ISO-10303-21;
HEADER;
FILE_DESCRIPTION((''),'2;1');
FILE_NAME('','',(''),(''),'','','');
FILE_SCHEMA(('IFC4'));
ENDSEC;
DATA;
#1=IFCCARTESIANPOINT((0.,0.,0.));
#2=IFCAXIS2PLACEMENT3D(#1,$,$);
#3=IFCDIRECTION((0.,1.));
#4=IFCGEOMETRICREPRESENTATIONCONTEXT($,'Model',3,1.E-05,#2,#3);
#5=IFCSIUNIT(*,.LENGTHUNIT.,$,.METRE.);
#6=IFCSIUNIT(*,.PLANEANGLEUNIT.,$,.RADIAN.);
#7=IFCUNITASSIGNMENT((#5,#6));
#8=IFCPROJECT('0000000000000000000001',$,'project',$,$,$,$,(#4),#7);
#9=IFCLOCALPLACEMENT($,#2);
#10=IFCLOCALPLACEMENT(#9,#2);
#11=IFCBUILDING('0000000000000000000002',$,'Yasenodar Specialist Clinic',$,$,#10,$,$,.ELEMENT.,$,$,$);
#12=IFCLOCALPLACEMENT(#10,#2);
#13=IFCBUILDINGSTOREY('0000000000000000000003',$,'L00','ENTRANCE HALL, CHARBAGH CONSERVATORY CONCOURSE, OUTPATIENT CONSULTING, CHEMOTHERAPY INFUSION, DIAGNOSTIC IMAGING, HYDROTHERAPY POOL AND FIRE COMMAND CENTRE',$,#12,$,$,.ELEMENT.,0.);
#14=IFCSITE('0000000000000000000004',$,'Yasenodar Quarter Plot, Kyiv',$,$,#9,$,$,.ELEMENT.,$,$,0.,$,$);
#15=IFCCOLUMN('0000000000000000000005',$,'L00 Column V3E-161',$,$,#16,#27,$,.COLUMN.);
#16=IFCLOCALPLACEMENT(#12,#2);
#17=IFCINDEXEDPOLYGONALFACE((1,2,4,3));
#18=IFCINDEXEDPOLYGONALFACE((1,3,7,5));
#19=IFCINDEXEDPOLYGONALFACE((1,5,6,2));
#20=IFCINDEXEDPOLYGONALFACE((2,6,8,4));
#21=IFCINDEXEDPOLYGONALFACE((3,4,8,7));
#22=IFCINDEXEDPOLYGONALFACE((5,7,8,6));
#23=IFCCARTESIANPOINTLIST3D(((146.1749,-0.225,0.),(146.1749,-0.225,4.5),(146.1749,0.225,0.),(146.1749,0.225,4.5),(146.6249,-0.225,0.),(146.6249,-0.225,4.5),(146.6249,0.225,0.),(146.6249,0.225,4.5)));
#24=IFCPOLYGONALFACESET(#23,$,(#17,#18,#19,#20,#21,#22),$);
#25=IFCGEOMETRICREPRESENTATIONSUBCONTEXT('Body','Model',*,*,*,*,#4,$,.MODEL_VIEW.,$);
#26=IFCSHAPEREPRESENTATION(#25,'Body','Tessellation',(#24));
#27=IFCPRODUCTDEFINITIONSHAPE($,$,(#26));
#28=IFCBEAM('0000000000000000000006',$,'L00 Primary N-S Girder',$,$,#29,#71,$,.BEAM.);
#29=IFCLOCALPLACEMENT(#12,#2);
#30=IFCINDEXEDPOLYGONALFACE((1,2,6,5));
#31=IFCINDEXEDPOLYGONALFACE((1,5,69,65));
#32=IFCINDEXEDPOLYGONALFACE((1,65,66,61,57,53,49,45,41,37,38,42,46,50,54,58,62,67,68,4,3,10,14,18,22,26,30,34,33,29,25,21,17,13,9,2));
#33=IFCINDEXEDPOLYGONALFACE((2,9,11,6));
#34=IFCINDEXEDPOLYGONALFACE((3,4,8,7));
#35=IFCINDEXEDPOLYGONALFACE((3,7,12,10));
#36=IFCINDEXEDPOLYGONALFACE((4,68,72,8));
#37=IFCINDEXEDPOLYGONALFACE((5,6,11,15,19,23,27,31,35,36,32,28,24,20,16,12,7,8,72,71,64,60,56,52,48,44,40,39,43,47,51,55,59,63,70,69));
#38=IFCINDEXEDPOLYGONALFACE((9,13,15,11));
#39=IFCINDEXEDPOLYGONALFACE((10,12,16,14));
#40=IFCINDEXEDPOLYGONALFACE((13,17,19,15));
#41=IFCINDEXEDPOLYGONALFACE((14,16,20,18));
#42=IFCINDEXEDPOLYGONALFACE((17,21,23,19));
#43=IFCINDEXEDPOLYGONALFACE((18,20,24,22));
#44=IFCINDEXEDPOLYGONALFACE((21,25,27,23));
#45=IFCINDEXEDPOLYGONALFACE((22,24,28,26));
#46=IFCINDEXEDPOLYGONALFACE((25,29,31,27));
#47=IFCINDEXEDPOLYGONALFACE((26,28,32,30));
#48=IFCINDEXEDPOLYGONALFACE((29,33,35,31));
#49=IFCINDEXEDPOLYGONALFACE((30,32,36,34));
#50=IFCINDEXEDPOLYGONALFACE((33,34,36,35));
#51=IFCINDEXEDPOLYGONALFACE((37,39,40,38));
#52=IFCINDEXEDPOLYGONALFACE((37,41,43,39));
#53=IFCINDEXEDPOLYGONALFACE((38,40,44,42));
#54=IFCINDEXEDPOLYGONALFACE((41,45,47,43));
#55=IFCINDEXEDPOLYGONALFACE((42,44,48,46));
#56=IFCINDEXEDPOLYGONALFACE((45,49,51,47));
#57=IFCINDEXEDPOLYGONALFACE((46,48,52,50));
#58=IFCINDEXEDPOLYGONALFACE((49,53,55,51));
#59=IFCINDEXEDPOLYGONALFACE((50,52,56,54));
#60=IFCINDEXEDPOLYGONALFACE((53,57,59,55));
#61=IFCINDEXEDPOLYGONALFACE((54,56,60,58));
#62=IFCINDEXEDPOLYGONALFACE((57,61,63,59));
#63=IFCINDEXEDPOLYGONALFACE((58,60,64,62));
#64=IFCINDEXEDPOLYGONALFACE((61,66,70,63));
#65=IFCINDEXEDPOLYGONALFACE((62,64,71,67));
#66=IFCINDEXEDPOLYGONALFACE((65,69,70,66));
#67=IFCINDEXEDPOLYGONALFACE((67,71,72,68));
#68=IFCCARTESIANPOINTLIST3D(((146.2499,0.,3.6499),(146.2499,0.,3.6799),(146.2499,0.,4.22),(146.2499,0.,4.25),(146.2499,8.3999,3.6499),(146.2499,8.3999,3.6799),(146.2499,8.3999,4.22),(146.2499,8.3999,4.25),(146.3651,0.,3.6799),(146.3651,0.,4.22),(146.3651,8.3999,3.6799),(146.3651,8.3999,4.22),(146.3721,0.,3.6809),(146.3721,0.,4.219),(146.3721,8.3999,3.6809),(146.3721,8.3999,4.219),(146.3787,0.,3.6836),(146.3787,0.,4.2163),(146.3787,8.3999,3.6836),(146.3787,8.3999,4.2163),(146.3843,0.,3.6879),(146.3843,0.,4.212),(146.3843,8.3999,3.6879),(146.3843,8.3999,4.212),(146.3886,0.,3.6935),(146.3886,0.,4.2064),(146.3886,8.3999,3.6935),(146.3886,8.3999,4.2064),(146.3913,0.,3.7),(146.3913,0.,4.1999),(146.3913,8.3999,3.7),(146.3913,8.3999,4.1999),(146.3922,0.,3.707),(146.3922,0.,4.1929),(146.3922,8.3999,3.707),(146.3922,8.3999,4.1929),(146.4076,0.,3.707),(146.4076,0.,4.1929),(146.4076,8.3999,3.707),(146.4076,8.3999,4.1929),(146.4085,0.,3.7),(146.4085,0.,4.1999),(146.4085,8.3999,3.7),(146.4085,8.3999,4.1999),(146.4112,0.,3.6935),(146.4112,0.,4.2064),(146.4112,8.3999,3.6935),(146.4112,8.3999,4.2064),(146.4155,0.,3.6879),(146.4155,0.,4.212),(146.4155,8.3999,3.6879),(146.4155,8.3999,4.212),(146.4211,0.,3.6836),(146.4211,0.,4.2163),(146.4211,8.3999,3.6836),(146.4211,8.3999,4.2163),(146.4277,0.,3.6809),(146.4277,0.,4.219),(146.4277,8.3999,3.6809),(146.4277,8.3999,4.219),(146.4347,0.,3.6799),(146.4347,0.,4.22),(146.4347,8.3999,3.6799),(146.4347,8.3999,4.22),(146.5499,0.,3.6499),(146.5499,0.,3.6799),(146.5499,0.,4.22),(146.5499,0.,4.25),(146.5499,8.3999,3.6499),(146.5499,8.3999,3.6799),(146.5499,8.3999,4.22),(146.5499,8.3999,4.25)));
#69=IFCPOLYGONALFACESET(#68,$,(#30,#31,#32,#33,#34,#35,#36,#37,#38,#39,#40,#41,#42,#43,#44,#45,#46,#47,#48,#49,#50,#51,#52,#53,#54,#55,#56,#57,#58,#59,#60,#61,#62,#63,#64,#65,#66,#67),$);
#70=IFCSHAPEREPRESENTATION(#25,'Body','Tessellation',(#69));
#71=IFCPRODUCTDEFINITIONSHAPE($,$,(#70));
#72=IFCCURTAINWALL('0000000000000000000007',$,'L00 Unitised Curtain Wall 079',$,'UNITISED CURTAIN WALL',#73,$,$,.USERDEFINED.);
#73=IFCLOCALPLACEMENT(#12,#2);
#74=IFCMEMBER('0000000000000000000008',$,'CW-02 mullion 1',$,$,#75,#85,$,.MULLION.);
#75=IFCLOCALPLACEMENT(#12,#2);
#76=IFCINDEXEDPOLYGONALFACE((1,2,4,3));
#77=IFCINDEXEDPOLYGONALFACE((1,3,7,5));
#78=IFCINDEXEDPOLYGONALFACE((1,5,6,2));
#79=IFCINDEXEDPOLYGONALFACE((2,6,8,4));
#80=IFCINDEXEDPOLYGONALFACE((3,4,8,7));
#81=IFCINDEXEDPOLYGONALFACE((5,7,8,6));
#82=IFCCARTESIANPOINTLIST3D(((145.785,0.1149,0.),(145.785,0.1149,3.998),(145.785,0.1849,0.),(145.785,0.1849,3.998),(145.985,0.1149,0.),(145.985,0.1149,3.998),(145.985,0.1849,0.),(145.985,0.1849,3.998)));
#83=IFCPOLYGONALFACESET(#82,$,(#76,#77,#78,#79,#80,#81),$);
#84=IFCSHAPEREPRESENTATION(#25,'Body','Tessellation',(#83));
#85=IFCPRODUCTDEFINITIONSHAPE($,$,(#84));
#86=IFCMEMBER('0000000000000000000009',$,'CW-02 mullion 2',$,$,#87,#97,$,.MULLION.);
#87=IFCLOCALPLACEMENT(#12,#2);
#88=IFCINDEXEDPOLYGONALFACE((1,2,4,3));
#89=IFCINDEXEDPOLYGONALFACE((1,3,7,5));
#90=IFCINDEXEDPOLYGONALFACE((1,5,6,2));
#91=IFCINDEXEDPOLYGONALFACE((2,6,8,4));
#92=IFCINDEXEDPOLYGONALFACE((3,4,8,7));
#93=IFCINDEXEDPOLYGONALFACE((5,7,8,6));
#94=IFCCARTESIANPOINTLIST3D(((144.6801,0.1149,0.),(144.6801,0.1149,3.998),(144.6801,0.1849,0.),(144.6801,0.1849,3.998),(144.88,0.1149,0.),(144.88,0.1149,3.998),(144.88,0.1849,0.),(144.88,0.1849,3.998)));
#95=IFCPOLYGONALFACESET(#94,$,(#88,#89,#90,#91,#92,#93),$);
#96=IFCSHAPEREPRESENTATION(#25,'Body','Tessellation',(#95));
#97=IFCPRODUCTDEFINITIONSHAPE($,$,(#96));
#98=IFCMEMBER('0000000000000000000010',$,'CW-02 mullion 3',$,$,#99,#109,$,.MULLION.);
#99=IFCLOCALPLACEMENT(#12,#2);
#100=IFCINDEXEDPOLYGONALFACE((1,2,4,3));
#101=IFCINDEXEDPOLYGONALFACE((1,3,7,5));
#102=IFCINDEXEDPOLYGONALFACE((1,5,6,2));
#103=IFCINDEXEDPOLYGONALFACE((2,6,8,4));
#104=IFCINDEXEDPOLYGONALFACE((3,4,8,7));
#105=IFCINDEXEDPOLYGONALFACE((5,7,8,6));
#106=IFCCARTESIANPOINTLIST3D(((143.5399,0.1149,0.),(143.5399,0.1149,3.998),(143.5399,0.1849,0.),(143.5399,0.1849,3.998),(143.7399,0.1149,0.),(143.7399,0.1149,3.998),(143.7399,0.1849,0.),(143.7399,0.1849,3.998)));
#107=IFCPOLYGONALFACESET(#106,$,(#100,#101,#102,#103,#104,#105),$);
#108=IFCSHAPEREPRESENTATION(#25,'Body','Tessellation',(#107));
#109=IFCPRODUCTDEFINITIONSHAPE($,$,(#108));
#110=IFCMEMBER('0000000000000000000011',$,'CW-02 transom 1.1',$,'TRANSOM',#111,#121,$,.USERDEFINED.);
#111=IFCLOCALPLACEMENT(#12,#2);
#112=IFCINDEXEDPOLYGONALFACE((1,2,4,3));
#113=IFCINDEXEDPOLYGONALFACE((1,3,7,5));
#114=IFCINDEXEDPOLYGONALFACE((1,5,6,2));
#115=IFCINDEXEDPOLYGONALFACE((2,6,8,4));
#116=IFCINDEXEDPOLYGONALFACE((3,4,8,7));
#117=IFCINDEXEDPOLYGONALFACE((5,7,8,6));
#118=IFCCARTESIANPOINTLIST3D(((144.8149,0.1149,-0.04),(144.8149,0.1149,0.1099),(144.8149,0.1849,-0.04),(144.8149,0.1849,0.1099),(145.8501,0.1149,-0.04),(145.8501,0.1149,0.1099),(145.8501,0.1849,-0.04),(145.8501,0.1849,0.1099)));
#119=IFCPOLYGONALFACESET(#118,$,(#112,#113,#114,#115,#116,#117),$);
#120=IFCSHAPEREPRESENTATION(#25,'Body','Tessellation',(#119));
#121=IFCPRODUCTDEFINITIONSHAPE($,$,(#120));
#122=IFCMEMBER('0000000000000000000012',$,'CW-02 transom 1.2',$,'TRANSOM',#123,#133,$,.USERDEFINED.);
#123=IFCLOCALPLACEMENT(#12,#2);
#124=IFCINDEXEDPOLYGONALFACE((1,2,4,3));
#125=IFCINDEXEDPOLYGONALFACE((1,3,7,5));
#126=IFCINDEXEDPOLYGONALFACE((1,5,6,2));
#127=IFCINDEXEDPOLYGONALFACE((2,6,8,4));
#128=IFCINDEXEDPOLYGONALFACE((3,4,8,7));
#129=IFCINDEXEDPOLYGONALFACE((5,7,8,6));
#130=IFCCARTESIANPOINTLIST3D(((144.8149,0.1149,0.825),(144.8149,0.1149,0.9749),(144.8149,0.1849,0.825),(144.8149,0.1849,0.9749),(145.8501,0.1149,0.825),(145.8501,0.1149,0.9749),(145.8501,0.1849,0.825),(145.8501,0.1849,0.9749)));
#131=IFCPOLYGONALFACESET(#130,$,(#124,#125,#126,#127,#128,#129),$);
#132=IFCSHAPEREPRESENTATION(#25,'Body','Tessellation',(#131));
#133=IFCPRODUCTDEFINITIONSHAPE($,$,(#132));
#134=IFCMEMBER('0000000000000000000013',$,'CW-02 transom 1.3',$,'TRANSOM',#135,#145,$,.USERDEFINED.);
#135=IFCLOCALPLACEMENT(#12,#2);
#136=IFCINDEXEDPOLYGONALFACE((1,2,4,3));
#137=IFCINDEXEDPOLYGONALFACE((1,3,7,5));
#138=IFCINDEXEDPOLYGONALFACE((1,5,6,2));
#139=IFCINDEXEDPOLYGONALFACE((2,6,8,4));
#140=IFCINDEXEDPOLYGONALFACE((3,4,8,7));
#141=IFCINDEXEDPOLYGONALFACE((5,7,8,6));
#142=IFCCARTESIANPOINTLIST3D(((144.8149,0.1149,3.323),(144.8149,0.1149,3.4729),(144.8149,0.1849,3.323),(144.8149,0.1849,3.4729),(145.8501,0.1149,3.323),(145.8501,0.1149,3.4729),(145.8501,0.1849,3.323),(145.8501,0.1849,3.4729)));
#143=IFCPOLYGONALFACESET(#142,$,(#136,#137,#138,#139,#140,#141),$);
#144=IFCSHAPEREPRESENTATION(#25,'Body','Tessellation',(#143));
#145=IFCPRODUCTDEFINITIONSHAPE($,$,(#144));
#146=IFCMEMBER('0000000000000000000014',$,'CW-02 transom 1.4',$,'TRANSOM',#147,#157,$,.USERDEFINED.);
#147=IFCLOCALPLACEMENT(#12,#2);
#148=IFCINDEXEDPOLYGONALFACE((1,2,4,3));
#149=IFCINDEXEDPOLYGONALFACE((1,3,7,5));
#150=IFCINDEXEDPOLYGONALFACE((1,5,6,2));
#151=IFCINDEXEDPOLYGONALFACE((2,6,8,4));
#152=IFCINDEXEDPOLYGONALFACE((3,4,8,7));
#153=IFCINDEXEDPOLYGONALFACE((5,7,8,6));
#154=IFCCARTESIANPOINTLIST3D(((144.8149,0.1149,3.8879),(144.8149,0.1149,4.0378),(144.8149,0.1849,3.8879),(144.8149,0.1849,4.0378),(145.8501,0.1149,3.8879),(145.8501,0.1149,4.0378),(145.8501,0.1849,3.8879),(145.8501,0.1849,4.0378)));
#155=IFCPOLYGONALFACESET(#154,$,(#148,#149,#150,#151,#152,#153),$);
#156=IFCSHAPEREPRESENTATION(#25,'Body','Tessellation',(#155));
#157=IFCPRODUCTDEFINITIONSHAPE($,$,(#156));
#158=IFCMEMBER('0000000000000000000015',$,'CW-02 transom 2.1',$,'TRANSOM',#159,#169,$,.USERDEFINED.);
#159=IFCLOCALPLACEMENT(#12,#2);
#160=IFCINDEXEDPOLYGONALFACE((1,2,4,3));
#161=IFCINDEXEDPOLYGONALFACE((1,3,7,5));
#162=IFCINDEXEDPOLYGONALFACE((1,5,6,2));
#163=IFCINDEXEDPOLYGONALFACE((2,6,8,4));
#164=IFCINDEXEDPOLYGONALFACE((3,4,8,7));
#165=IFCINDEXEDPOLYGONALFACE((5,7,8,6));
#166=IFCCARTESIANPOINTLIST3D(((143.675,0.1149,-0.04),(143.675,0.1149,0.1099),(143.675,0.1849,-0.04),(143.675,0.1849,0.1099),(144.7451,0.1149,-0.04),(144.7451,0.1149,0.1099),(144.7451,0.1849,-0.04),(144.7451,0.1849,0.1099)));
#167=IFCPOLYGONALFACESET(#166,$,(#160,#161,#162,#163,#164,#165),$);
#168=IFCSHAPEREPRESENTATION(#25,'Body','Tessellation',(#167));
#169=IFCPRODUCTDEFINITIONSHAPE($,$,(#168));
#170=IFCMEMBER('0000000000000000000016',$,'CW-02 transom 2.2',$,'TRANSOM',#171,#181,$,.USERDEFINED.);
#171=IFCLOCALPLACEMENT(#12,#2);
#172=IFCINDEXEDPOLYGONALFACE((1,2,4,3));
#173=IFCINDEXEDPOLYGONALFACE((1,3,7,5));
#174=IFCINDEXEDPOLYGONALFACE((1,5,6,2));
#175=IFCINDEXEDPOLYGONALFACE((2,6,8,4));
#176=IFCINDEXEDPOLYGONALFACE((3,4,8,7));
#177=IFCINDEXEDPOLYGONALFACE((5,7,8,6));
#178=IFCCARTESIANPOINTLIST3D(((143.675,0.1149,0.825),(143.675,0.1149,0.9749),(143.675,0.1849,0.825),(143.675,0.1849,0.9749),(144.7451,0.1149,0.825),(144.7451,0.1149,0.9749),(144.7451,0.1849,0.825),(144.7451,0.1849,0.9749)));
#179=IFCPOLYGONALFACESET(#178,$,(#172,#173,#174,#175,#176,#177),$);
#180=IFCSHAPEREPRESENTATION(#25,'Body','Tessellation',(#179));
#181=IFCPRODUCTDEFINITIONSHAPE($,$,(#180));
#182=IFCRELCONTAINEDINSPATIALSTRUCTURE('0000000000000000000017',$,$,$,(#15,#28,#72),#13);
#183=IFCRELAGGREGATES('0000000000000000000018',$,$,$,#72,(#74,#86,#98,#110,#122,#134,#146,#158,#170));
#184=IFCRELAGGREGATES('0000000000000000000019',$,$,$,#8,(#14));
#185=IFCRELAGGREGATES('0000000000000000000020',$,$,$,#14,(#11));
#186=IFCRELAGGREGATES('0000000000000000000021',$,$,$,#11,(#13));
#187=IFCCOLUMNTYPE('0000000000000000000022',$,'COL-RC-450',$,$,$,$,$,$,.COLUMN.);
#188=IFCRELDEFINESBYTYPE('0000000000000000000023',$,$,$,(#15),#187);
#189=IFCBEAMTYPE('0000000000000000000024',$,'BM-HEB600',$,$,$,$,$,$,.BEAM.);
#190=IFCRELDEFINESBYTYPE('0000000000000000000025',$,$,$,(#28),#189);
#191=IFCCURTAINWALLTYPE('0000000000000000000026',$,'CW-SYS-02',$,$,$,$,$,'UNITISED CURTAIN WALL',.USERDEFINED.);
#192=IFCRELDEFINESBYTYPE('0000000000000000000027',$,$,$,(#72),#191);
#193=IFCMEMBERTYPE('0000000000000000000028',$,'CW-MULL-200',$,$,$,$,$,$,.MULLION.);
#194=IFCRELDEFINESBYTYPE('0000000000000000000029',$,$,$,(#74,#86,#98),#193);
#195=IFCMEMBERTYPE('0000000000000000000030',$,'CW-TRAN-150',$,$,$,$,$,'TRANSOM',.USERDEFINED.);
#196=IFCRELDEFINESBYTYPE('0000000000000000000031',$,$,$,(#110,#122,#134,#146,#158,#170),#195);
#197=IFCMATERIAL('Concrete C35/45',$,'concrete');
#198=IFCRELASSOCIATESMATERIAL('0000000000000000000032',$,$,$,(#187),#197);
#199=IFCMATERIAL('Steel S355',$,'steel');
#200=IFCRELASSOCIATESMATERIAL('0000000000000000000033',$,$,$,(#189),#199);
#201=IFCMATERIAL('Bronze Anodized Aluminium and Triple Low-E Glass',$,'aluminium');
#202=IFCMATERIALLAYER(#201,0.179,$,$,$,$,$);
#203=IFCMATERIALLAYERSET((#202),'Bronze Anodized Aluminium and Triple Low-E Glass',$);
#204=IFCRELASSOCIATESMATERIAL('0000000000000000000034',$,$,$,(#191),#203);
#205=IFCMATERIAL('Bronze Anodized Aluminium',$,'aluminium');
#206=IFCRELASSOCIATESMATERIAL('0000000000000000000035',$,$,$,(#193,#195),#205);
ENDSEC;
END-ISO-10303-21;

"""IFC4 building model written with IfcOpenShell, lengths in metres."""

from ifc_helpers import new_model, si_unit, direction, frame, origin, origin_2d, place, context, subcontext, project, spatial, rectangle, i_section, extrude, material, layer, layer_set, material_profile, profile_set, type_object, element, aggregate, save


model = new_model("IFC4")

# Units and contexts
model_context = context("Model", 3, precision=1e-05, world=origin(), true_north=direction((0.0, 1.0)))
body_context = subcontext(model_context, "Body", "Model", "MODEL_VIEW")
ifc_project = project(units=[si_unit("LENGTHUNIT", "METRE"), si_unit("PLANEANGLEUNIT", "RADIAN")], contexts=[model_context])

# Site, building, storey
site_placement = place(None, origin())
site = spatial("IfcSite", under=ifc_project, at=site_placement, Name="Yasenodar Quarter Plot, Kyiv", CompositionType="ELEMENT", RefElevation=0.0)
building_placement = place(site_placement, origin())
building = spatial("IfcBuilding", under=site, at=building_placement, Name="Yasenodar Specialist Clinic", CompositionType="ELEMENT")
storey_placement = place(building_placement, origin())
storey = spatial("IfcBuildingStorey", under=building, at=storey_placement, Name="L00", Description="ENTRANCE HALL, CHARBAGH CONSERVATORY CONCOURSE, OUTPATIENT CONSULTING, CHEMOTHERAPY INFUSION, DIAGNOSTIC IMAGING, HYDROTHERAPY POOL AND FIRE COMMAND CENTRE", CompositionType="ELEMENT", Elevation=0.0)

# Column
ifc_material_1 = material(Name="Concrete C35/45", Category="concrete")
ifc_material_profile_1 = material_profile(ifc_material_1, rectangle(XDim=0.45, YDim=0.45, at=origin_2d()), Name="RC 450x450")
ifc_profile_set_1 = profile_set([ifc_material_profile_1], Name="Concrete C35/45")
column_type = type_object("IfcColumnType", Name="COL-RC-450", PredefinedType="COLUMN", material=ifc_profile_set_1)
column_placement = place(storey_placement, frame((146.3999, 0.0, 0.0), z_axis=(0.0, 0.0, 1.0), x_axis=(1.0, 0.0, 0.0)))
element("IfcColumn", 1, at=column_placement, inside=storey, type_object=column_type, Name="L00 Column V3E-161", PredefinedType="COLUMN", context=body_context, shape_type="SweptSolid", body=[
    extrude(rectangle(XDim=0.45, YDim=0.45, at=origin_2d()), origin(), (0.0, 0.0, 1.0), 4.5),
])

# Beam
ifc_material_2 = material(Name="Steel S355", Category="steel")
ifc_material_profile_2 = material_profile(ifc_material_2, i_section(OverallWidth=0.3, OverallDepth=0.6001, WebThickness=0.0154, FlangeThickness=0.03, FilletRadius=0.0271, at=origin_2d()), Name="HEB 600")
ifc_profile_set_2 = profile_set([ifc_material_profile_2], Name="Steel S355")
beam_type_1 = type_object("IfcBeamType", Name="BM-HEB600", PredefinedType="BEAM", material=ifc_profile_set_2)
beam_1_placement = place(storey_placement, frame((146.3999, 0.0, 3.95), z_axis=(0.0, 1.0, 0.0), x_axis=(-1.0, 0.0, 0.0)))
element("IfcBeam", 2, at=beam_1_placement, inside=storey, type_object=beam_type_1, Name="L00 Primary N-S Girder", PredefinedType="BEAM", context=body_context, shape_type="SweptSolid", body=[
    extrude(i_section(OverallWidth=0.3, OverallDepth=0.6001, WebThickness=0.0154, FlangeThickness=0.03, FilletRadius=0.0271, at=origin_2d()), origin(), (0.0, 0.0, 1.0), 8.3999),
])

# Curtain wall, members
ifc_material_3 = material(Name="Bronze Anodized Aluminium and Triple Low-E Glass", Category="aluminium")
ifc_layer_1 = layer(ifc_material_3, 0.179)
ifc_layer_set_1 = layer_set([ifc_layer_1], Name="Bronze Anodized Aluminium and Triple Low-E Glass")
curtain_wall_type = type_object("IfcCurtainWallType", Name="CW-SYS-02", ElementType="UNITISED CURTAIN WALL", PredefinedType="USERDEFINED", material=ifc_layer_set_1)
curtain_wall_placement = place(storey_placement, origin())
curtain_wall = element("IfcCurtainWall", 3, at=curtain_wall_placement, inside=storey, type_object=curtain_wall_type, Name="L00 Unitised Curtain Wall 079", ObjectType="UNITISED CURTAIN WALL", PredefinedType="USERDEFINED")
ifc_material_4 = material(Name="Bronze Anodized Aluminium", Category="aluminium")
ifc_material_profile_3 = material_profile(ifc_material_4, rectangle(XDim=0.0701, YDim=0.2, at=origin_2d()), Name="CW-MULL 70x200")
ifc_profile_set_3 = profile_set([ifc_material_profile_3], Name="Bronze Anodized Aluminium")
member_type_1 = type_object("IfcMemberType", Name="CW-MULL-200", PredefinedType="MULLION", material=ifc_profile_set_3)
member_1_placement = place(storey_placement, frame((145.885, 0.1499, 0.0), z_axis=(0.0, 0.0, 1.0), x_axis=(0.0, -1.0, 0.0)))
member_1 = element("IfcMember", 4, at=member_1_placement, type_object=member_type_1, Name="CW-02 mullion 1", PredefinedType="MULLION", context=body_context, shape_type="SweptSolid", body=[
    extrude(rectangle(XDim=0.0701, YDim=0.2, at=origin_2d()), origin(), (0.0, 0.0, 1.0), 3.998),
])
member_2_placement = place(storey_placement, frame((144.78, 0.1499, 0.0), z_axis=(0.0, 0.0, 1.0), x_axis=(0.0, -1.0, 0.0)))
member_2 = element("IfcMember", 5, at=member_2_placement, type_object=member_type_1, Name="CW-02 mullion 2", PredefinedType="MULLION", context=body_context, shape_type="SweptSolid", body=[
    extrude(rectangle(XDim=0.0701, YDim=0.2, at=origin_2d()), origin(), (0.0, 0.0, 1.0), 3.998),
])
member_3_placement = place(storey_placement, frame((143.6399, 0.1499, 0.0), z_axis=(0.0, 0.0, 1.0), x_axis=(0.0, -1.0, 0.0)))
member_3 = element("IfcMember", 6, at=member_3_placement, type_object=member_type_1, Name="CW-02 mullion 3", PredefinedType="MULLION", context=body_context, shape_type="SweptSolid", body=[
    extrude(rectangle(XDim=0.0701, YDim=0.2, at=origin_2d()), origin(), (0.0, 0.0, 1.0), 3.998),
])
ifc_material_profile_4 = material_profile(ifc_material_4, rectangle(XDim=0.0701, YDim=0.1499, at=origin_2d()), Name="CW-TRAN 70x150")
ifc_profile_set_4 = profile_set([ifc_material_profile_4], Name="Bronze Anodized Aluminium")
member_type_2 = type_object("IfcMemberType", Name="CW-TRAN-150", ElementType="TRANSOM", PredefinedType="USERDEFINED", material=ifc_profile_set_4)
member_4_placement = place(storey_placement, frame((145.8501, 0.1499, 0.0349), z_axis=(-1.0, 0.0, 0.0), x_axis=(0.0, -1.0, 0.0)))
member_4 = element("IfcMember", 7, at=member_4_placement, type_object=member_type_2, Name="CW-02 transom 1.1", ObjectType="TRANSOM", PredefinedType="USERDEFINED", context=body_context, shape_type="SweptSolid", body=[
    extrude(rectangle(XDim=0.0701, YDim=0.1499, at=origin_2d()), origin(), (0.0, 0.0, 1.0), 1.0352),
])
member_5_placement = place(storey_placement, frame((145.8501, 0.1499, 0.8999), z_axis=(-1.0, 0.0, 0.0), x_axis=(0.0, -1.0, 0.0)))
member_5 = element("IfcMember", 8, at=member_5_placement, type_object=member_type_2, Name="CW-02 transom 1.2", ObjectType="TRANSOM", PredefinedType="USERDEFINED", context=body_context, shape_type="SweptSolid", body=[
    extrude(rectangle(XDim=0.0701, YDim=0.1499, at=origin_2d()), origin(), (0.0, 0.0, 1.0), 1.0352),
])
member_6_placement = place(storey_placement, frame((145.8501, 0.1499, 3.3979), z_axis=(-1.0, 0.0, 0.0), x_axis=(0.0, -1.0, 0.0)))
member_6 = element("IfcMember", 9, at=member_6_placement, type_object=member_type_2, Name="CW-02 transom 1.3", ObjectType="TRANSOM", PredefinedType="USERDEFINED", context=body_context, shape_type="SweptSolid", body=[
    extrude(rectangle(XDim=0.0701, YDim=0.1499, at=origin_2d()), origin(), (0.0, 0.0, 1.0), 1.0352),
])
member_7_placement = place(storey_placement, frame((145.8501, 0.1499, 3.9629), z_axis=(-1.0, 0.0, 0.0), x_axis=(0.0, -1.0, 0.0)))
member_7 = element("IfcMember", 10, at=member_7_placement, type_object=member_type_2, Name="CW-02 transom 1.4", ObjectType="TRANSOM", PredefinedType="USERDEFINED", context=body_context, shape_type="SweptSolid", body=[
    extrude(rectangle(XDim=0.0701, YDim=0.1499, at=origin_2d()), origin(), (0.0, 0.0, 1.0), 1.0352),
])
member_8_placement = place(storey_placement, frame((144.7451, 0.1499, 0.0349), z_axis=(-1.0, 0.0, 0.0), x_axis=(0.0, -1.0, 0.0)))
member_8 = element("IfcMember", 11, at=member_8_placement, type_object=member_type_2, Name="CW-02 transom 2.1", ObjectType="TRANSOM", PredefinedType="USERDEFINED", context=body_context, shape_type="SweptSolid", body=[
    extrude(rectangle(XDim=0.0701, YDim=0.1499, at=origin_2d()), origin(), (0.0, 0.0, 1.0), 1.0701),
])
member_9_placement = place(storey_placement, frame((144.7451, 0.1499, 0.8999), z_axis=(-1.0, 0.0, 0.0), x_axis=(0.0, -1.0, 0.0)))
member_9 = element("IfcMember", 12, at=member_9_placement, type_object=member_type_2, Name="CW-02 transom 2.2", ObjectType="TRANSOM", PredefinedType="USERDEFINED", context=body_context, shape_type="SweptSolid", body=[
    extrude(rectangle(XDim=0.0701, YDim=0.1499, at=origin_2d()), origin(), (0.0, 0.0, 1.0), 1.0701),
])

aggregate(curtain_wall, [member_1, member_2, member_3, member_4, member_5, member_6, member_7, member_8, member_9])

save(model, "model.ifc")
